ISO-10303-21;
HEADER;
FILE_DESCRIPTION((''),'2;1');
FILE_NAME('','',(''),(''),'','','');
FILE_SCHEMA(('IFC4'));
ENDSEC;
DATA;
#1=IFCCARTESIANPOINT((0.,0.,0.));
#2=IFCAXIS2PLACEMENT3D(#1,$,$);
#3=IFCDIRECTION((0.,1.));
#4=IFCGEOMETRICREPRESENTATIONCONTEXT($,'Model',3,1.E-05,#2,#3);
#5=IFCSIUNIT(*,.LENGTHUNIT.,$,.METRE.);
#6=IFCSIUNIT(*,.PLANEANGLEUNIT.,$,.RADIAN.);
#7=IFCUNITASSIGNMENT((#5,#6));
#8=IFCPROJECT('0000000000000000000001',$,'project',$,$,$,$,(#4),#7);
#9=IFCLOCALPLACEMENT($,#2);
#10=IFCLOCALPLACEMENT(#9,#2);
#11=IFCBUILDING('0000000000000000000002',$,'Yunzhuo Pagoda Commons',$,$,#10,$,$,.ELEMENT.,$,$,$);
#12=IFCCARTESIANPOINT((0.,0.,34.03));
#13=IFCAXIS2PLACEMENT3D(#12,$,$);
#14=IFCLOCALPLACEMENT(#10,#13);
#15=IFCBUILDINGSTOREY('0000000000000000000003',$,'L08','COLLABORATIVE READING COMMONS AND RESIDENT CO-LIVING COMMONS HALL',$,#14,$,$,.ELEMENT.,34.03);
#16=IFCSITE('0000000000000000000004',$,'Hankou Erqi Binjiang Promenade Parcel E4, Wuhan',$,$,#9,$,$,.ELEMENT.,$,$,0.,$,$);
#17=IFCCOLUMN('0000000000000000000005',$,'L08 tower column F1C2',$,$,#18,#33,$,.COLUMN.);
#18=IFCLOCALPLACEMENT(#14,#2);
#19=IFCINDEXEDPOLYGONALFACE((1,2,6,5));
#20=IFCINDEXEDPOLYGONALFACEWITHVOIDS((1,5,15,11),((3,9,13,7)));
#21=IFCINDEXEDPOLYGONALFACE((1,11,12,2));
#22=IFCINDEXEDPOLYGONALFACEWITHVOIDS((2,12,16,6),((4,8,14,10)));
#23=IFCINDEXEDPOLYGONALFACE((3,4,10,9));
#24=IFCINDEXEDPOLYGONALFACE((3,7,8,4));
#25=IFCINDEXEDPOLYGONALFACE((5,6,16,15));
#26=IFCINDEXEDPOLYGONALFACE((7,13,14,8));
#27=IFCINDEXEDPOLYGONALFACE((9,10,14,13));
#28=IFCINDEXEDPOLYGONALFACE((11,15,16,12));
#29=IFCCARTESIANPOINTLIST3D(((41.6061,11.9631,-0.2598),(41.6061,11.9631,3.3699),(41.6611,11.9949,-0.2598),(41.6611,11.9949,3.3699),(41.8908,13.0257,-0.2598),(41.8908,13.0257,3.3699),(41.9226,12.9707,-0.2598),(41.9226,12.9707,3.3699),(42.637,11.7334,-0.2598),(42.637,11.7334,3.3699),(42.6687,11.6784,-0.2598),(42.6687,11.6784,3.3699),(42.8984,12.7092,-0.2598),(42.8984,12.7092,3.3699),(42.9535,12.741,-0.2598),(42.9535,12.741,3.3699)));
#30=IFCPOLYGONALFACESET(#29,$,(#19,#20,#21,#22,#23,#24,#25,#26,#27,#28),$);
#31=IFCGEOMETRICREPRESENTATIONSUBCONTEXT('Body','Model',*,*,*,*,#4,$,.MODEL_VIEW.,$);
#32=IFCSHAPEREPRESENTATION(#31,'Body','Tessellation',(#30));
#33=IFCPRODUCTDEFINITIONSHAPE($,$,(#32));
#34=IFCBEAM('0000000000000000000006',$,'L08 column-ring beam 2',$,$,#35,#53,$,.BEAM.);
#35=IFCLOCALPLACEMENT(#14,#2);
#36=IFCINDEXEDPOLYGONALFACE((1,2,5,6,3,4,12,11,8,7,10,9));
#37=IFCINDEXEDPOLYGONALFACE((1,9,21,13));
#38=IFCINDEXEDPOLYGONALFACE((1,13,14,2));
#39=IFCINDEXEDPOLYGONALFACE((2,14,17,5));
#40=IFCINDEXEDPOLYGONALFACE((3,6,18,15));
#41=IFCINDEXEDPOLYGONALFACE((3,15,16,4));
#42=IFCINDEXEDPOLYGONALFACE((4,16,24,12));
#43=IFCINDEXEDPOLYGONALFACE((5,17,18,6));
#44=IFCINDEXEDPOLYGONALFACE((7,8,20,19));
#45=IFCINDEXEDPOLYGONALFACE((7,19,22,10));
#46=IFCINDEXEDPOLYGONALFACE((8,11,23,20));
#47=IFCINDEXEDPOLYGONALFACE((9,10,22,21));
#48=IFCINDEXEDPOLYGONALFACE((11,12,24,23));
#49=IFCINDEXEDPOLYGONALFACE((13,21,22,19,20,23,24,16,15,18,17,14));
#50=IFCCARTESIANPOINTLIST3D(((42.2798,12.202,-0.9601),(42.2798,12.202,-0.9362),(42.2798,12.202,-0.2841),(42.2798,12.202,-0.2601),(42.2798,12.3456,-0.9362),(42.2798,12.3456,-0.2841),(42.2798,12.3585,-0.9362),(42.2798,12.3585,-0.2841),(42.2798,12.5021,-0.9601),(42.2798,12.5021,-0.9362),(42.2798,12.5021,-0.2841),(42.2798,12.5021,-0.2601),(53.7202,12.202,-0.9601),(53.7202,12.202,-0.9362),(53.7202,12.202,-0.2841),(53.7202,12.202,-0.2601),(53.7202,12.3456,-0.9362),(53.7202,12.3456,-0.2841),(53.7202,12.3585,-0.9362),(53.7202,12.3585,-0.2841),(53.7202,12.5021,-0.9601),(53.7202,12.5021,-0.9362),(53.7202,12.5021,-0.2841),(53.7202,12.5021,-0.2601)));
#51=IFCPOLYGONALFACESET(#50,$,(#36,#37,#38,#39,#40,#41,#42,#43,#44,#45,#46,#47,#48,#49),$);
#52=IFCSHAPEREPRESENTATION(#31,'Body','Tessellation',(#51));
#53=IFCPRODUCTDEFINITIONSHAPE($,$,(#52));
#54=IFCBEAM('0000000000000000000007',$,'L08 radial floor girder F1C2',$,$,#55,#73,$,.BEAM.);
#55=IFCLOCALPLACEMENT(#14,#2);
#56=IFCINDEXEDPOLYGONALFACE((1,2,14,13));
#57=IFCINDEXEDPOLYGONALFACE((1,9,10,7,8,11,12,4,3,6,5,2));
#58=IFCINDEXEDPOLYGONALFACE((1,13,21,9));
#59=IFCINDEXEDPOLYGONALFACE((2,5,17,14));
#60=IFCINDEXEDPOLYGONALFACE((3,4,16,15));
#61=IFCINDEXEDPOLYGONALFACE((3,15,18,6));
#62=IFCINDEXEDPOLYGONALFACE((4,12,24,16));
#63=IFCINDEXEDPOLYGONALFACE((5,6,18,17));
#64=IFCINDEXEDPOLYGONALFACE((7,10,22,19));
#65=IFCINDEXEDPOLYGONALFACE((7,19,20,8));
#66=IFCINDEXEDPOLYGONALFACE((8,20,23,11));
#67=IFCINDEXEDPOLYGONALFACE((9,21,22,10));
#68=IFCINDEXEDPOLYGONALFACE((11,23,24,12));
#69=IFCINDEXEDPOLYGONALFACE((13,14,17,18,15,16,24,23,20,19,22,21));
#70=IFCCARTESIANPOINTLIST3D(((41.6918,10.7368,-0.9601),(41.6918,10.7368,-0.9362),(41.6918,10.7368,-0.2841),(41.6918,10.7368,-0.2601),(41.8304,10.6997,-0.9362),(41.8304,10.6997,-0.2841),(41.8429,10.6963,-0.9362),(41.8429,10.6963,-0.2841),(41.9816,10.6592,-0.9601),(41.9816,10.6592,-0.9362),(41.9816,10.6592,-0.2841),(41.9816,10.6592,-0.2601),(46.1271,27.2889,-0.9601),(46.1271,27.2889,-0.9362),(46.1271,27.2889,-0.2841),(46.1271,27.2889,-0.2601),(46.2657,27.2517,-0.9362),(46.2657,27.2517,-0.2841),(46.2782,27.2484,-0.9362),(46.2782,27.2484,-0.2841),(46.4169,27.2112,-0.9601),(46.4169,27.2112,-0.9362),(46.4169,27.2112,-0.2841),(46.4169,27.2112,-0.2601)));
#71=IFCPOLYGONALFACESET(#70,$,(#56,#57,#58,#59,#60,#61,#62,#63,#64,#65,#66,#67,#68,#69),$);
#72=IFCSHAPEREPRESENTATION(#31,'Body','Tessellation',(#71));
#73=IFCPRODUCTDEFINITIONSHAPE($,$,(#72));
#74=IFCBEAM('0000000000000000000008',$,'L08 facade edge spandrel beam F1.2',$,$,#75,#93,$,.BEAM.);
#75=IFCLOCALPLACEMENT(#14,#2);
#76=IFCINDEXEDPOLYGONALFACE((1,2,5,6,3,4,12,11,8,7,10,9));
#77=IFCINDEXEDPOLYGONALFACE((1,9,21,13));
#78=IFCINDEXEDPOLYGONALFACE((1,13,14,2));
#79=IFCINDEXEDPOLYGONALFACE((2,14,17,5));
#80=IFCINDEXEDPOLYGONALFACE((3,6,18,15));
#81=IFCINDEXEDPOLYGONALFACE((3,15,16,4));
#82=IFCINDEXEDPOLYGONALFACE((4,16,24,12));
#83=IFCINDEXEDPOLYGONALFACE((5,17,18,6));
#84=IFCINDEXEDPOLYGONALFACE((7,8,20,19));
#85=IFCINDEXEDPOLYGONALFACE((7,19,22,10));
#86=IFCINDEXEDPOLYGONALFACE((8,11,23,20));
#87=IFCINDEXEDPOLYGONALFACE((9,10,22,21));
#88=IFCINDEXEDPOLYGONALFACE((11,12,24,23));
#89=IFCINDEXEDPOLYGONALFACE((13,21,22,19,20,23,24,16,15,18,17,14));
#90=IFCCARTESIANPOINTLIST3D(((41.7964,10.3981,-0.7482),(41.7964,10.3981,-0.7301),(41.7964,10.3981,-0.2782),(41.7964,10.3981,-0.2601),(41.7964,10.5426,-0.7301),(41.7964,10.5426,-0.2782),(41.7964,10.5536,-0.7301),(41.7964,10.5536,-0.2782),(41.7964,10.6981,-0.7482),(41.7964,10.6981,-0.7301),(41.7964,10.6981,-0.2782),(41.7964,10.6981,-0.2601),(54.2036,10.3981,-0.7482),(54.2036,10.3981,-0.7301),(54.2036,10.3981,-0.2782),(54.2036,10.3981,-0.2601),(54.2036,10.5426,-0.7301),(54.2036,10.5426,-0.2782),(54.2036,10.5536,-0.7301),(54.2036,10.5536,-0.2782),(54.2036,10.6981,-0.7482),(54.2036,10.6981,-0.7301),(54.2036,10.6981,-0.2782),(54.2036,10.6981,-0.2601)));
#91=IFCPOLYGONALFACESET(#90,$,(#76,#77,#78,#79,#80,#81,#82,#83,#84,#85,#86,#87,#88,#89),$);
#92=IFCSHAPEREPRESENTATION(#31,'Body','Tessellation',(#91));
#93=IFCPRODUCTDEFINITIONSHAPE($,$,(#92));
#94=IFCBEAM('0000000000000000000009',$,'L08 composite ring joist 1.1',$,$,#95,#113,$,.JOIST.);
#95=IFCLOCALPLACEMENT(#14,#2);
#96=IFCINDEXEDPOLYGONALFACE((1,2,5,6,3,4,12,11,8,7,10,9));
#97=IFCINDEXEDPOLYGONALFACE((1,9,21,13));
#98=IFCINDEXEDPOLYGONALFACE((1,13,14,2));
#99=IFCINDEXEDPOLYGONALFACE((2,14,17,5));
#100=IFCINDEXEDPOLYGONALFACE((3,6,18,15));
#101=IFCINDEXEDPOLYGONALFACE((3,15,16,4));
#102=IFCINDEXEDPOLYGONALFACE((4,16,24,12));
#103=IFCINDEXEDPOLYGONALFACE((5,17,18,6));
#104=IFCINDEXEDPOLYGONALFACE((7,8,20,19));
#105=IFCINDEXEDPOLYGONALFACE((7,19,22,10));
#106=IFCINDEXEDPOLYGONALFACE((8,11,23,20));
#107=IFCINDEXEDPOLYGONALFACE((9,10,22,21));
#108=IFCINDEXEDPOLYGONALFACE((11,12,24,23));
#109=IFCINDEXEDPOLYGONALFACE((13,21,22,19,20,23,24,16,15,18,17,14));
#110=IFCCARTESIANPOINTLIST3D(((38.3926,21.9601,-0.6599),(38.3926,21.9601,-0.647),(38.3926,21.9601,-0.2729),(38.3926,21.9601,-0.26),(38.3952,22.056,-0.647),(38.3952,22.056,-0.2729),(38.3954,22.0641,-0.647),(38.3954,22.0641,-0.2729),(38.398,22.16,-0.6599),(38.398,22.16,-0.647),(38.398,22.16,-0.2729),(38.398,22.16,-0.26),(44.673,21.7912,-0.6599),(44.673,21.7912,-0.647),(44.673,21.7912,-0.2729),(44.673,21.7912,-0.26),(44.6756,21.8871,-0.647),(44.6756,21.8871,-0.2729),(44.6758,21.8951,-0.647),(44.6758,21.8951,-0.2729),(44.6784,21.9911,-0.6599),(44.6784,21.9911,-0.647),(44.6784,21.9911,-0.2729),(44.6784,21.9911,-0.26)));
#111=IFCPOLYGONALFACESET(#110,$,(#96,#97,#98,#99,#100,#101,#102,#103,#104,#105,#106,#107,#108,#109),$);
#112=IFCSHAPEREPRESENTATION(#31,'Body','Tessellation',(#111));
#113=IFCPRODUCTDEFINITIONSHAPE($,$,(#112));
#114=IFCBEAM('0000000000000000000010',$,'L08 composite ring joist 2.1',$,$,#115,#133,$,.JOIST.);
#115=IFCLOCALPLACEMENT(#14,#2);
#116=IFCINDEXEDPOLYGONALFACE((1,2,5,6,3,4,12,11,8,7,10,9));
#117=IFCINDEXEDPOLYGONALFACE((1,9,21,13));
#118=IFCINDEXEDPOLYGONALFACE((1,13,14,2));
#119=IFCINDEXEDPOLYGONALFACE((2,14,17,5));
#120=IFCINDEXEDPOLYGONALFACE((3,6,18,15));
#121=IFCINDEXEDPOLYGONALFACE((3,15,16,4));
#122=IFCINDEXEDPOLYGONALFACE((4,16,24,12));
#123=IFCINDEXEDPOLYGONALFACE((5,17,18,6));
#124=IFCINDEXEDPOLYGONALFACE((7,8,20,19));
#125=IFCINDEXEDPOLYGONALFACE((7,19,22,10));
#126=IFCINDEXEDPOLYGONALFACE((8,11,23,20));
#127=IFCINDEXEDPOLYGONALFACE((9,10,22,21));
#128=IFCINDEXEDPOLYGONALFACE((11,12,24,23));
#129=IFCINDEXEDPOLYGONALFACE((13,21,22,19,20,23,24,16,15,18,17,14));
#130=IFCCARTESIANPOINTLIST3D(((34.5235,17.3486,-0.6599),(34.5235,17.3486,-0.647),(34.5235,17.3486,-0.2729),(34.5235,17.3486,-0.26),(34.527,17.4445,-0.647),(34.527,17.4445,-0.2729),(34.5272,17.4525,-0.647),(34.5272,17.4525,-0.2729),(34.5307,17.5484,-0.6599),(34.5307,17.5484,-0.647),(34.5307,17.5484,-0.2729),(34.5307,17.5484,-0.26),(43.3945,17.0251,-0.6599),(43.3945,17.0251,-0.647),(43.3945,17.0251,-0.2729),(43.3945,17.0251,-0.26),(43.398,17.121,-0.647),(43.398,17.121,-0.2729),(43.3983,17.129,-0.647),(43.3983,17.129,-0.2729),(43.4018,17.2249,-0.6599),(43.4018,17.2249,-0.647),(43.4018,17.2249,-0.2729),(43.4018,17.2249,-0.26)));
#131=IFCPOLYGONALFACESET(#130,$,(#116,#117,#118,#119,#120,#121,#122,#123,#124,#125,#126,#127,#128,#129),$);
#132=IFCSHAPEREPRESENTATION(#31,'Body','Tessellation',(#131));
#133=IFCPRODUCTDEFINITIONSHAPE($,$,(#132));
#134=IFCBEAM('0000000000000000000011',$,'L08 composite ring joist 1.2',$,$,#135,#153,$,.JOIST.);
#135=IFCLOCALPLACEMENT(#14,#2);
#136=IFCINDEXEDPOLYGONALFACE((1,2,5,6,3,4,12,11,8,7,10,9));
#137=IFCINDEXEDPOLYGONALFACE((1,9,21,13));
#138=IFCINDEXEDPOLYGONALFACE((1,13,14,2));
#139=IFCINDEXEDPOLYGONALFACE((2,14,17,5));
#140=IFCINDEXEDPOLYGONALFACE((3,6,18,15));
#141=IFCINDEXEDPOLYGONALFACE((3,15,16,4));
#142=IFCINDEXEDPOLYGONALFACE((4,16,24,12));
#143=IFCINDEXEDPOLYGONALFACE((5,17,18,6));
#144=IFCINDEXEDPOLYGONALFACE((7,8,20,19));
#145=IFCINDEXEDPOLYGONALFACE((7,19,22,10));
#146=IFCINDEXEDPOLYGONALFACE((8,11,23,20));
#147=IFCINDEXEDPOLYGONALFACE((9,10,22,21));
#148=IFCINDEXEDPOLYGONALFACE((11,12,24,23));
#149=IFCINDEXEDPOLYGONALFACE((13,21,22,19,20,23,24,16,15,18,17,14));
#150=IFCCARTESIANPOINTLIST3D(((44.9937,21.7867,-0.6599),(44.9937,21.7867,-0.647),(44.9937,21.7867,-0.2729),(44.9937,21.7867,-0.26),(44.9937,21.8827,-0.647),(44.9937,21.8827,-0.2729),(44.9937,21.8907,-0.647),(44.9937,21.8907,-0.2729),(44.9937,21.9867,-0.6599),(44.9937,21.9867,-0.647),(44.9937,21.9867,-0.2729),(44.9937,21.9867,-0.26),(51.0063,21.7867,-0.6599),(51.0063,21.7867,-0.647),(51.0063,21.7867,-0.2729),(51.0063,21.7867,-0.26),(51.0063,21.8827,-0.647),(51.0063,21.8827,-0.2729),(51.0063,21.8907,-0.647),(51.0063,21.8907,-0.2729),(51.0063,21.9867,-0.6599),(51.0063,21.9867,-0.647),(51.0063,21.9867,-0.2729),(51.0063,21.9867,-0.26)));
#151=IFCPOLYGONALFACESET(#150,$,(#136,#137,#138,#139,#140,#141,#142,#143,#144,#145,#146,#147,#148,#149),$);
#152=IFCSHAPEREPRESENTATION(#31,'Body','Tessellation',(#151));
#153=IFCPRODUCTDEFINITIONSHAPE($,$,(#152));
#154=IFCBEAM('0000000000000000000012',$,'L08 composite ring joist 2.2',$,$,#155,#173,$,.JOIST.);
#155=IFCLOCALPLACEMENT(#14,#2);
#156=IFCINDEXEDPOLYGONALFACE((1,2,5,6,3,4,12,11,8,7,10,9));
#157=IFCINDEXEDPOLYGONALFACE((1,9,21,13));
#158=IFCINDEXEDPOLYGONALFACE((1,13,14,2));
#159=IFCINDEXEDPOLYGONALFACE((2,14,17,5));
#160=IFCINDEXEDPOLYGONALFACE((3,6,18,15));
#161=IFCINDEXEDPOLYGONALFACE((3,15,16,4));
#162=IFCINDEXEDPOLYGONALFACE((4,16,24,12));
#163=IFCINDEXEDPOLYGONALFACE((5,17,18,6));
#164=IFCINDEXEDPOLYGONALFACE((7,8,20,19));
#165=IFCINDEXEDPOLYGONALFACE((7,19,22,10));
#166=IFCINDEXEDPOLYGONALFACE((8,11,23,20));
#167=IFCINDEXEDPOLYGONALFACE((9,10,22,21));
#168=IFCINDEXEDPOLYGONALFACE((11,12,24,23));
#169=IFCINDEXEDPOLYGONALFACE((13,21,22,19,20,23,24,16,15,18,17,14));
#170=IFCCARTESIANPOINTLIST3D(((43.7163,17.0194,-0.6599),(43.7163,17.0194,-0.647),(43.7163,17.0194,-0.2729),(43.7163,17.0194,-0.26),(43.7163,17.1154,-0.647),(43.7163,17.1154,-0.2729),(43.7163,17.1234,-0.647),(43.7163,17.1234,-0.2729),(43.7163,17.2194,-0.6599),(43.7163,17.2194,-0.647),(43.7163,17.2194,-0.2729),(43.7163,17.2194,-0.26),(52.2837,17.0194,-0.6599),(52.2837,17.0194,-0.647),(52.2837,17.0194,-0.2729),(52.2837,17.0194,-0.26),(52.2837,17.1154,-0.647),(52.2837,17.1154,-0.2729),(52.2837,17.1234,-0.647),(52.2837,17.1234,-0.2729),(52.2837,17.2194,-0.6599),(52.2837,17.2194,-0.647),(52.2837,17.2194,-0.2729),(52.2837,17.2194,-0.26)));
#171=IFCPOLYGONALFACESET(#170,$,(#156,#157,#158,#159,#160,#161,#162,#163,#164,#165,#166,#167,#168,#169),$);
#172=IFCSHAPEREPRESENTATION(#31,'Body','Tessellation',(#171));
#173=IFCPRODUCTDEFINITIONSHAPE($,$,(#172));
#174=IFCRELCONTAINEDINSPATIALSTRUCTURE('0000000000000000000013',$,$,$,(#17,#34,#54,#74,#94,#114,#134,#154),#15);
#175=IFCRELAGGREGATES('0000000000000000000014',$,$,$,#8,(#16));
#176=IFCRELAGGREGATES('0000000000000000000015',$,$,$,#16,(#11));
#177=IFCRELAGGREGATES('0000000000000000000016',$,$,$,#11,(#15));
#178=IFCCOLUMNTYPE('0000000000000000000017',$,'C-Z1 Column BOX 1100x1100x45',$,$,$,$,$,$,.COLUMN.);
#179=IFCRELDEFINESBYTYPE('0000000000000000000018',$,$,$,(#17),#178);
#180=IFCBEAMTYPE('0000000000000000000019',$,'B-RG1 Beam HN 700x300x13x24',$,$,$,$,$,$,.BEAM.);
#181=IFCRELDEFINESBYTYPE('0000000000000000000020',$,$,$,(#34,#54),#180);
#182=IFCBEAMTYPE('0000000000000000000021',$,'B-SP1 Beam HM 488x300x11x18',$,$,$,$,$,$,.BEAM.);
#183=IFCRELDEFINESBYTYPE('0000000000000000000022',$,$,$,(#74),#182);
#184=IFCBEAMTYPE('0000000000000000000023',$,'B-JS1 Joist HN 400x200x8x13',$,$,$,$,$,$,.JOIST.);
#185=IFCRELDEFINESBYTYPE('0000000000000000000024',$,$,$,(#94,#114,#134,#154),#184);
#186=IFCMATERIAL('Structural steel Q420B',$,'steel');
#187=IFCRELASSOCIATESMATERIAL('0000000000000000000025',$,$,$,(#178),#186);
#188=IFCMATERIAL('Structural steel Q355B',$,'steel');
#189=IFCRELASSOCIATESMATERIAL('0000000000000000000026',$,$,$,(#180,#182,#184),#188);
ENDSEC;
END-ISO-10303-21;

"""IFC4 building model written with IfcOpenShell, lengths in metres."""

from ifc_helpers import new_model, si_unit, direction, frame, origin, origin_2d, place, context, subcontext, project, spatial, hollow_rectangle, i_section, extrude, source, transform, mapped, material, material_profile, profile_set, type_object, element, save


model = new_model("IFC4")

# Units and contexts
model_context = context("Model", 3, precision=1e-05, world=origin(), true_north=direction((0.0, 1.0)))
body_context = subcontext(model_context, "Body", "Model", "MODEL_VIEW")
ifc_project = project(units=[si_unit("LENGTHUNIT", "METRE"), si_unit("PLANEANGLEUNIT", "RADIAN")], contexts=[model_context])

# Site, building, storey
site_placement = place(None, origin())
site = spatial("IfcSite", under=ifc_project, at=site_placement, Name="Hankou Erqi Binjiang Promenade Parcel E4, Wuhan", CompositionType="ELEMENT", RefElevation=0.0)
building_placement = place(site_placement, origin())
building = spatial("IfcBuilding", under=site, at=building_placement, Name="Yunzhuo Pagoda Commons", CompositionType="ELEMENT")
storey_placement = place(building_placement, frame((0.0, 0.0, 34.03)))
storey = spatial("IfcBuildingStorey", under=building, at=storey_placement, Name="L08", Description="COLLABORATIVE READING COMMONS AND RESIDENT CO-LIVING COMMONS HALL", CompositionType="ELEMENT", Elevation=34.03)

# Column
ifc_material_1 = material(Name="Structural steel Q420B", Category="steel")
ifc_material_profile_1 = material_profile(ifc_material_1, hollow_rectangle(XDim=1.1001, YDim=1.1001, WallThickness=0.0449, at=origin_2d()), Name="Structural steel Q420B")
ifc_profile_set_1 = profile_set([ifc_material_profile_1], Name="Structural steel Q420B")
column_type = type_object("IfcColumnType", Name="C-Z1 Column BOX 1100x1100x45", PredefinedType="COLUMN", material=ifc_profile_set_1)
shared_shape_1 = source(origin(), body_context, "Body", "SweptSolid", [
    extrude(hollow_rectangle(XDim=1.1001, YDim=1.1001, WallThickness=0.0449, at=origin_2d()), origin(), (0.0, 0.0, 1.0), 3.6296),
])
column_placement = place(storey_placement, frame((42.2798, 12.3521, -0.2598), z_axis=(0.0, 0.0, 1.0), x_axis=(0.965926, -0.258819, 0.0)))
element("IfcColumn", 1, at=column_placement, inside=storey, type_object=column_type, Name="L08 tower column F1C2", PredefinedType="COLUMN", context=body_context, shape_type="MappedRepresentation", body=[
    mapped(shared_shape_1, transform((0.0, 0.0, 0.0), scale=1.0)),
])

# Beams
ifc_material_2 = material(Name="Structural steel Q355B", Category="steel")
ifc_material_profile_2 = material_profile(ifc_material_2, i_section(OverallWidth=0.3, OverallDepth=0.7, WebThickness=0.0129, FlangeThickness=0.0239, at=origin_2d()), Name="Structural steel Q355B")
ifc_profile_set_2 = profile_set([ifc_material_profile_2], Name="Structural steel Q355B")
beam_type_1 = type_object("IfcBeamType", Name="B-RG1 Beam HN 700x300x13x24", PredefinedType="BEAM", material=ifc_profile_set_2)
shared_shape_2 = source(origin(), body_context, "Body", "SweptSolid", [
    extrude(i_section(OverallWidth=0.3, OverallDepth=0.7, WebThickness=0.0129, FlangeThickness=0.0239, at=origin_2d()), origin(), (0.0, 0.0, 1.0), 11.4404),
])
beam_1_placement = place(storey_placement, frame((42.2798, 12.3521, -0.6101), z_axis=(1.0, 0.0, 0.0), x_axis=(0.0, 1.0, 0.0)))
element("IfcBeam", 2, at=beam_1_placement, inside=storey, type_object=beam_type_1, Name="L08 column-ring beam 2", PredefinedType="BEAM", context=body_context, shape_type="MappedRepresentation", body=[
    mapped(shared_shape_2, transform((0.0, 0.0, 0.0), scale=1.0)),
])
shared_shape_3 = source(origin(), body_context, "Body", "SweptSolid", [
    extrude(i_section(OverallWidth=0.3, OverallDepth=0.7, WebThickness=0.0129, FlangeThickness=0.0239, at=origin_2d()), origin(), (0.0, 0.0, 1.0), 17.136),
])
beam_2_placement = place(storey_placement, frame((41.8367, 10.698, -0.6101), z_axis=(0.25883, 0.965923, 0.0), x_axis=(-0.965923, 0.25883, 0.0)))
element("IfcBeam", 3, at=beam_2_placement, inside=storey, type_object=beam_type_1, Name="L08 radial floor girder F1C2", PredefinedType="BEAM", context=body_context, shape_type="MappedRepresentation", body=[
    mapped(shared_shape_3, transform((0.0, 0.0, 0.0), scale=1.0)),
])
ifc_material_profile_3 = material_profile(ifc_material_2, i_section(OverallWidth=0.3, OverallDepth=0.488, WebThickness=0.011, FlangeThickness=0.0181, at=origin_2d()), Name="Structural steel Q355B")
ifc_profile_set_3 = profile_set([ifc_material_profile_3], Name="Structural steel Q355B")
beam_type_2 = type_object("IfcBeamType", Name="B-SP1 Beam HM 488x300x11x18", PredefinedType="BEAM", material=ifc_profile_set_3)
shared_shape_4 = source(origin(), body_context, "Body", "SweptSolid", [
    extrude(i_section(OverallWidth=0.3, OverallDepth=0.488, WebThickness=0.011, FlangeThickness=0.0181, at=origin_2d()), origin(), (0.0, 0.0, 1.0), 12.4072),
])
beam_3_placement = place(storey_placement, frame((41.7964, 10.5481, -0.5042), z_axis=(1.0, 0.0, 0.0), x_axis=(0.0, 1.0, 0.0)))
element("IfcBeam", 4, at=beam_3_placement, inside=storey, type_object=beam_type_2, Name="L08 facade edge spandrel beam F1.2", PredefinedType="BEAM", context=body_context, shape_type="MappedRepresentation", body=[
    mapped(shared_shape_4, transform((0.0, 0.0, 0.0), scale=1.0)),
])
ifc_material_profile_4 = material_profile(ifc_material_2, i_section(OverallWidth=0.2, OverallDepth=0.3999, WebThickness=0.0081, FlangeThickness=0.0129, at=origin_2d()), Name="Structural steel Q355B")
ifc_profile_set_4 = profile_set([ifc_material_profile_4], Name="Structural steel Q355B")
beam_type_3 = type_object("IfcBeamType", Name="B-JS1 Joist HN 400x200x8x13", PredefinedType="JOIST", material=ifc_profile_set_4)
shared_shape_5 = source(origin(), body_context, "Body", "SweptSolid", [
    extrude(i_section(OverallWidth=0.2, OverallDepth=0.3999, WebThickness=0.0081, FlangeThickness=0.0129, at=origin_2d()), origin(), (0.0, 0.0, 1.0), 6.2827),
])
beam_4_placement = place(storey_placement, frame((38.3953, 22.0601, -0.46), z_axis=(0.999638, -0.02689, 0.0), x_axis=(0.02689, 0.999638, 0.0)))
element("IfcBeam", 5, at=beam_4_placement, inside=storey, type_object=beam_type_3, Name="L08 composite ring joist 1.1", PredefinedType="JOIST", context=body_context, shape_type="MappedRepresentation", body=[
    mapped(shared_shape_5, transform((0.0, 0.0, 0.0), scale=1.0)),
])
shared_shape_6 = source(origin(), body_context, "Body", "SweptSolid", [
    extrude(i_section(OverallWidth=0.2, OverallDepth=0.3999, WebThickness=0.0081, FlangeThickness=0.0129, at=origin_2d()), origin(), (0.0, 0.0, 1.0), 8.877),
])
beam_5_placement = place(storey_placement, frame((34.5271, 17.4485, -0.46), z_axis=(0.999336, -0.036441, 0.0), x_axis=(0.036441, 0.999336, 0.0)))
element("IfcBeam", 6, at=beam_5_placement, inside=storey, type_object=beam_type_3, Name="L08 composite ring joist 2.1", PredefinedType="JOIST", context=body_context, shape_type="MappedRepresentation", body=[
    mapped(shared_shape_6, transform((0.0, 0.0, 0.0), scale=1.0)),
])
shared_shape_7 = source(origin(), body_context, "Body", "SweptSolid", [
    extrude(i_section(OverallWidth=0.2, OverallDepth=0.3999, WebThickness=0.0081, FlangeThickness=0.0129, at=origin_2d()), origin(), (0.0, 0.0, 1.0), 6.0127),
])
beam_6_placement = place(storey_placement, frame((44.9937, 21.8867, -0.46), z_axis=(1.0, 0.0, 0.0), x_axis=(0.0, 1.0, 0.0)))
element("IfcBeam", 7, at=beam_6_placement, inside=storey, type_object=beam_type_3, Name="L08 composite ring joist 1.2", PredefinedType="JOIST", context=body_context, shape_type="MappedRepresentation", body=[
    mapped(shared_shape_7, transform((0.0, 0.0, 0.0), scale=1.0)),
])
shared_shape_8 = source(origin(), body_context, "Body", "SweptSolid", [
    extrude(i_section(OverallWidth=0.2, OverallDepth=0.3999, WebThickness=0.0081, FlangeThickness=0.0129, at=origin_2d()), origin(), (0.0, 0.0, 1.0), 8.5674),
])
beam_7_placement = place(storey_placement, frame((43.7163, 17.1194, -0.46), z_axis=(1.0, 0.0, 0.0), x_axis=(0.0, 1.0, 0.0)))
element("IfcBeam", 8, at=beam_7_placement, inside=storey, type_object=beam_type_3, Name="L08 composite ring joist 2.2", PredefinedType="JOIST", context=body_context, shape_type="MappedRepresentation", body=[
    mapped(shared_shape_8, transform((0.0, 0.0, 0.0), scale=1.0)),
])

save(model, "model.ifc")
